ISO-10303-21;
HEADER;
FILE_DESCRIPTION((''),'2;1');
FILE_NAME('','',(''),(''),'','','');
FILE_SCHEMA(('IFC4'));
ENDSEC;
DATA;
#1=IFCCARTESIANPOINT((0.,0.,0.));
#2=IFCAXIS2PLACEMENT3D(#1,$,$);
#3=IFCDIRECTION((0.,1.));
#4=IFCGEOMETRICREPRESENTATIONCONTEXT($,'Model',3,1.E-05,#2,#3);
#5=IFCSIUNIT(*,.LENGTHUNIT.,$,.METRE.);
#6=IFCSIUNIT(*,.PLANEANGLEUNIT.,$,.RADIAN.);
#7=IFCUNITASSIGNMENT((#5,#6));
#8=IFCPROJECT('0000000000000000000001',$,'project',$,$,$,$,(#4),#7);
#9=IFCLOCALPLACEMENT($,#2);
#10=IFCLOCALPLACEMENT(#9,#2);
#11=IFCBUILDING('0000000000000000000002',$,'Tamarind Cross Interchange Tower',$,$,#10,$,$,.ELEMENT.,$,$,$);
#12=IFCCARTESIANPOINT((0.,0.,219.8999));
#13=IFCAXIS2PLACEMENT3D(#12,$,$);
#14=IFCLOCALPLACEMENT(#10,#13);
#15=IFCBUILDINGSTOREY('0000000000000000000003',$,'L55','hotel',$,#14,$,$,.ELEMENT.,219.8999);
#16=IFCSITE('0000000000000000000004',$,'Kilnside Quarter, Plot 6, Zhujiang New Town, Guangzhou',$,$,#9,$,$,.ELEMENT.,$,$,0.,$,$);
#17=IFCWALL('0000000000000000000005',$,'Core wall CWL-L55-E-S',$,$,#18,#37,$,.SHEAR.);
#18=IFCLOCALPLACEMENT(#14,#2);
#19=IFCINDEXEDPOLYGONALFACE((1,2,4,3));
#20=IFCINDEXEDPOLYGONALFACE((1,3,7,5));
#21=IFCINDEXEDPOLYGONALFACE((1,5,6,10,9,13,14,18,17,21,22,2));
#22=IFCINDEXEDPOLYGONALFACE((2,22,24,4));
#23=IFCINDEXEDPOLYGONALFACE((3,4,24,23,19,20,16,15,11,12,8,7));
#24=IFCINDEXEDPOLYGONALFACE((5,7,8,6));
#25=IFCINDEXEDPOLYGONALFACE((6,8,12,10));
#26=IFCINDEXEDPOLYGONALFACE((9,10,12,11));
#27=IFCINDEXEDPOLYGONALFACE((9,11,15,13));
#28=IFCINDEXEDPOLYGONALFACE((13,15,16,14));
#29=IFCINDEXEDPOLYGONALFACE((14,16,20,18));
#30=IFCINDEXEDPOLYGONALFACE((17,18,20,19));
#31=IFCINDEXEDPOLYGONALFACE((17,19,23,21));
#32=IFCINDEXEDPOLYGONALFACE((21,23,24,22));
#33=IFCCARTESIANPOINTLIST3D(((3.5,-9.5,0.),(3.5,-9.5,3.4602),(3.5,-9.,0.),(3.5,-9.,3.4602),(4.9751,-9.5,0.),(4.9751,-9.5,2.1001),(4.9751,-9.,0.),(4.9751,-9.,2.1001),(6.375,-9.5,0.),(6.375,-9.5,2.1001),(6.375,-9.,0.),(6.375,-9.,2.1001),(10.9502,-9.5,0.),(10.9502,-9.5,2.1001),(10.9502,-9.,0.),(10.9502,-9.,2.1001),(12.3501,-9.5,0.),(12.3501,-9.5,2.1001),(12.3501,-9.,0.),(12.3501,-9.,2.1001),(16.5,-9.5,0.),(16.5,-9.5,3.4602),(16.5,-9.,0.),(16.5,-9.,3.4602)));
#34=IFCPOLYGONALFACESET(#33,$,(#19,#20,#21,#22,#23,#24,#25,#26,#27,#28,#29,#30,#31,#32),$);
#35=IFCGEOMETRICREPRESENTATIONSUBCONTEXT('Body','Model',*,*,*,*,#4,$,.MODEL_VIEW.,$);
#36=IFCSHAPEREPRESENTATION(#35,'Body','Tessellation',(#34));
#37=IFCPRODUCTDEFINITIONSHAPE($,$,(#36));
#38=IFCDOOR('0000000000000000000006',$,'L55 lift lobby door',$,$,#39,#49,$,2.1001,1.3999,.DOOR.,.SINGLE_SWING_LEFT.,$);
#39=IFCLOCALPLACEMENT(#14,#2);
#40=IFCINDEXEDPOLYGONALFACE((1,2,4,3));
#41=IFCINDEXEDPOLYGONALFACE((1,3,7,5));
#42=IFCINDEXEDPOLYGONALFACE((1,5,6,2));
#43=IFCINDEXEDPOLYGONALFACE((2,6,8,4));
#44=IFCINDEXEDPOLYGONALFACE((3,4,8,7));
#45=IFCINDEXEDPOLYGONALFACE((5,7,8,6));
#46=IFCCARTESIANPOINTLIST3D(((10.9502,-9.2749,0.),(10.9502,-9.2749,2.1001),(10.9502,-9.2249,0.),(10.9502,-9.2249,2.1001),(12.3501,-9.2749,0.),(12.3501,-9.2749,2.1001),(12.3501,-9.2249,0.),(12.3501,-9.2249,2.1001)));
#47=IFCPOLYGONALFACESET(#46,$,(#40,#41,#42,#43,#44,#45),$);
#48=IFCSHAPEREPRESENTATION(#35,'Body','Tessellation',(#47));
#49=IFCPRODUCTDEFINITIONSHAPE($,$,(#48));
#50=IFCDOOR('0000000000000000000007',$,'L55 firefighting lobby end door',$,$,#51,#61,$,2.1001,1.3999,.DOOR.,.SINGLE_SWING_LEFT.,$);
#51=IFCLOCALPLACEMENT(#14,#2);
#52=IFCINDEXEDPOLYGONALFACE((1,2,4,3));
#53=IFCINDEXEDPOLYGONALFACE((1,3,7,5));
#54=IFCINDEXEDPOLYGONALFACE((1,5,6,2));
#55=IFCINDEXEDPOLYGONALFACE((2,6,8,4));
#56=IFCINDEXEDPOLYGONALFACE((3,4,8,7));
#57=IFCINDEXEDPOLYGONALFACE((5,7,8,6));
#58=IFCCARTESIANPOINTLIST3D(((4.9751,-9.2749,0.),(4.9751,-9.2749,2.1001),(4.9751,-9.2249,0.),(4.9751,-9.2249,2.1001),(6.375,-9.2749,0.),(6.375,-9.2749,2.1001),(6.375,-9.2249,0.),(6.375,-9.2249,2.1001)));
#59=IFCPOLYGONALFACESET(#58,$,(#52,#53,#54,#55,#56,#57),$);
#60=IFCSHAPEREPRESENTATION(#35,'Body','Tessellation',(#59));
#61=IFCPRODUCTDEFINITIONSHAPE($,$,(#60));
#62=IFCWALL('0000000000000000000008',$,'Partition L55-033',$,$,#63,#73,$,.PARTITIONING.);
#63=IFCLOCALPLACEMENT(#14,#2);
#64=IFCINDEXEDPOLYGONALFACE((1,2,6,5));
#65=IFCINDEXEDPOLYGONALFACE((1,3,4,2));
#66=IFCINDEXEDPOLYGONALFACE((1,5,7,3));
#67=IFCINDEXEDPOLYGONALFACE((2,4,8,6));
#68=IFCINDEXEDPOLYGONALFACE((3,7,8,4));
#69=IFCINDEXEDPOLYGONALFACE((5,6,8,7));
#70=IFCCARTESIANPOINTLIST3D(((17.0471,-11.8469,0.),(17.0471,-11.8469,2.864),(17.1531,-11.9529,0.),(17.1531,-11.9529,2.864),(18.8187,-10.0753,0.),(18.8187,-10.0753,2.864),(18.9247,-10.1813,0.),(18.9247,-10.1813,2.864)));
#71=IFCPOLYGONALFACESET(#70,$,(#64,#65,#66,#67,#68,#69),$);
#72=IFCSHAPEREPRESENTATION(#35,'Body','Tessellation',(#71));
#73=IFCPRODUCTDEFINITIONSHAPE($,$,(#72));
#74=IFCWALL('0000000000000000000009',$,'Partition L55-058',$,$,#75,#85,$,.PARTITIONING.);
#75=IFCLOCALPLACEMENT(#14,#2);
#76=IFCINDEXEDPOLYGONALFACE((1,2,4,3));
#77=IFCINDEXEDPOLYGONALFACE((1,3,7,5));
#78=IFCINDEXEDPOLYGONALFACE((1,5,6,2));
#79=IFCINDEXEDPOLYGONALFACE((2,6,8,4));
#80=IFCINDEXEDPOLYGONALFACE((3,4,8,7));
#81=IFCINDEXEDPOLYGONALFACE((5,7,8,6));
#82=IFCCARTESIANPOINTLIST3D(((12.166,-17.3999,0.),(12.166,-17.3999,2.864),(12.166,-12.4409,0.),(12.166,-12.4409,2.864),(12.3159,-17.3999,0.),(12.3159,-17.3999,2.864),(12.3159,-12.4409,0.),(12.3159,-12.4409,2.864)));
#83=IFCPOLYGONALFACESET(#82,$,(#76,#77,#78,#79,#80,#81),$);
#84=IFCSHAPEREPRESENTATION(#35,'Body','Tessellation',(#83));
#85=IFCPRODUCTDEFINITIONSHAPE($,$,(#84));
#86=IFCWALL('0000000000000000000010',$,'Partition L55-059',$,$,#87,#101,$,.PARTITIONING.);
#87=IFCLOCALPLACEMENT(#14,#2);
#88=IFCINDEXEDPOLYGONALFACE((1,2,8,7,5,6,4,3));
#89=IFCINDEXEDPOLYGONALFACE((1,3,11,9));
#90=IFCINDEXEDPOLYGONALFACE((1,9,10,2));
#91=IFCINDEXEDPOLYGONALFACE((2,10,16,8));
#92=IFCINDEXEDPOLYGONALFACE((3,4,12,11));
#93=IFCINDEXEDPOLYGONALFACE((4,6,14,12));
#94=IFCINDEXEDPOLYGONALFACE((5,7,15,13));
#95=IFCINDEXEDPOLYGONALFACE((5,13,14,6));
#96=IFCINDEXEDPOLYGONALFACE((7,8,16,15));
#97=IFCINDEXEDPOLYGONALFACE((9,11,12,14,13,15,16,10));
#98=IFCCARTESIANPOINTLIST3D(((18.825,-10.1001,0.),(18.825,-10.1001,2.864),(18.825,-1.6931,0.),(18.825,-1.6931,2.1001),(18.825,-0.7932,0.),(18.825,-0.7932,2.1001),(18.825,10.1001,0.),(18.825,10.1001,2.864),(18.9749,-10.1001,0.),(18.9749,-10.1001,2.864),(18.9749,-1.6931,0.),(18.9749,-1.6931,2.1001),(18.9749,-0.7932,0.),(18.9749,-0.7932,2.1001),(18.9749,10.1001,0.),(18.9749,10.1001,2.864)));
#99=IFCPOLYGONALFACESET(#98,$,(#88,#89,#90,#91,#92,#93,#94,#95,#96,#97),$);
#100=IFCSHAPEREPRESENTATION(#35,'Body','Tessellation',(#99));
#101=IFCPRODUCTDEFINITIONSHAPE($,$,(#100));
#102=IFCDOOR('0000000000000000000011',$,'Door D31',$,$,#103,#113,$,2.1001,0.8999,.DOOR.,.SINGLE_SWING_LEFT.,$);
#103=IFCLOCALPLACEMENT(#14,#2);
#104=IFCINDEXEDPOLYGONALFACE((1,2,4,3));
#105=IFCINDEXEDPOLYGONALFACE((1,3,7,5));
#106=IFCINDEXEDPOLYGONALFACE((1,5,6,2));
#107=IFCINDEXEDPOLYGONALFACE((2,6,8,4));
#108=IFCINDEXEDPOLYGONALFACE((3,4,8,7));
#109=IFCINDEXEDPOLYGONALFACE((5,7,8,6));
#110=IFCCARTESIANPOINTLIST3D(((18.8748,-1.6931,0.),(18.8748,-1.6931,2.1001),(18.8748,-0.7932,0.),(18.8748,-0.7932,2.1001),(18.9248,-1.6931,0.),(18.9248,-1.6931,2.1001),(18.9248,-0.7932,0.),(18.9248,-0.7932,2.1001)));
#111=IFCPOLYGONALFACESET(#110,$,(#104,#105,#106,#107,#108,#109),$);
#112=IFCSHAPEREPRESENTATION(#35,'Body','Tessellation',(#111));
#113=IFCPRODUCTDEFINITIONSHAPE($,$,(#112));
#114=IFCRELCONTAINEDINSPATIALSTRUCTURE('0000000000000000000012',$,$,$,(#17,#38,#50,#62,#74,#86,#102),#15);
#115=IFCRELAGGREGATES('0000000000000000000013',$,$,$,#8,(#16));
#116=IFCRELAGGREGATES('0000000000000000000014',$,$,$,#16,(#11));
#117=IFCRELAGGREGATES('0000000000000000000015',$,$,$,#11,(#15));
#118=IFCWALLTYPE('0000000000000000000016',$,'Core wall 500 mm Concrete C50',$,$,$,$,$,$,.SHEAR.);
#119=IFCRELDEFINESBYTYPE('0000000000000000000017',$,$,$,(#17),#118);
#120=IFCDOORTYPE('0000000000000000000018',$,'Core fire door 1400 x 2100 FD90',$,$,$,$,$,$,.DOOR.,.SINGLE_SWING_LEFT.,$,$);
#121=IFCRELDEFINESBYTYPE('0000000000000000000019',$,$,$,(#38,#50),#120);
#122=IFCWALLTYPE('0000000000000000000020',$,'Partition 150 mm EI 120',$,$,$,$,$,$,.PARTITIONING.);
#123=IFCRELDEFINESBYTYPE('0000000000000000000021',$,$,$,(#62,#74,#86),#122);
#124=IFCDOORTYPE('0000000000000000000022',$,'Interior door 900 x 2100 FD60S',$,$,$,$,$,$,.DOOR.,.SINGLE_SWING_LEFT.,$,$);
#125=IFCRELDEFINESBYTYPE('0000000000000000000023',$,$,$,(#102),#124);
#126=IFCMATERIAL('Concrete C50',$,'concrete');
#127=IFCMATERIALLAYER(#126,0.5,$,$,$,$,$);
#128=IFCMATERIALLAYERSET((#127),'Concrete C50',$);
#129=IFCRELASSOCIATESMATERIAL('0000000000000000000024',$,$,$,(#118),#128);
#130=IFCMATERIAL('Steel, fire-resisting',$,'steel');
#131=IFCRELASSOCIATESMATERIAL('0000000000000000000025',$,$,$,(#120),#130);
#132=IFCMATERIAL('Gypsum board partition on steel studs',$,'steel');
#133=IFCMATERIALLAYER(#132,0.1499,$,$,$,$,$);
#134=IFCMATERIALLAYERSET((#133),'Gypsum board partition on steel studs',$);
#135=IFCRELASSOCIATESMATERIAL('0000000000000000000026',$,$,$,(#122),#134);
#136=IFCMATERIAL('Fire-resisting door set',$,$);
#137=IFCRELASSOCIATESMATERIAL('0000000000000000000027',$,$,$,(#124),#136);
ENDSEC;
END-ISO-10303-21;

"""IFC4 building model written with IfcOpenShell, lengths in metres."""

from ifc_helpers import new_model, si_unit, direction, frame, frame_2d, origin, place, context, subcontext, project, spatial, rectangle, extrude, material, layer, layer_set, type_object, element, fill, save


model = new_model("IFC4")

# Units and contexts
model_context = context("Model", 3, precision=1e-05, world=origin(), true_north=direction((0.0, 1.0)))
body_context = subcontext(model_context, "Body", "Model", "MODEL_VIEW")
ifc_project = project(units=[si_unit("LENGTHUNIT", "METRE"), si_unit("PLANEANGLEUNIT", "RADIAN")], contexts=[model_context])

# Site, building, storey
site_placement = place(None, origin())
site = spatial("IfcSite", under=ifc_project, at=site_placement, Name="Kilnside Quarter, Plot 6, Zhujiang New Town, Guangzhou", CompositionType="ELEMENT", RefElevation=0.0)
building_placement = place(site_placement, origin())
building = spatial("IfcBuilding", under=site, at=building_placement, Name="Tamarind Cross Interchange Tower", CompositionType="ELEMENT")
storey_placement = place(building_placement, frame((0.0, 0.0, 219.8999)))
storey = spatial("IfcBuildingStorey", under=building, at=storey_placement, Name="L55", Description="hotel", CompositionType="ELEMENT", Elevation=219.8999)

# Shared definitions
ifc_material_1 = material(Name="Concrete C50", Category="concrete")

# Wall, openings, doors
ifc_layer_1 = layer(ifc_material_1, 0.5)
ifc_layer_set_1 = layer_set([ifc_layer_1], Name="Concrete C50")
wall_type_1 = type_object("IfcWallType", Name="Core wall 500 mm Concrete C50", PredefinedType="SHEAR", material=ifc_layer_set_1)
wall_1_placement = place(storey_placement, frame((16.5, -9.25, 0.0), z_axis=(0.0, 0.0, 1.0), x_axis=(-1.0, 0.0, 0.0)))
wall_1 = element("IfcWall", 1, at=wall_1_placement, inside=storey, type_object=wall_type_1, Name="Core wall CWL-L55-E-S", PredefinedType="SHEAR", context=body_context, shape_type="SweptSolid", body=[
    extrude(rectangle(XDim=13.0, YDim=0.5, at=frame_2d((6.5, 0.0))), origin(), (0.0, 0.0, 1.0), 3.4602),
])
opening_1_placement = place(wall_1_placement, frame((4.1499, 0.0, 0.0)))
opening_1 = element("IfcOpeningElement", 2, at=opening_1_placement, cuts=wall_1, PredefinedType="OPENING", context=body_context, shape_type="SweptSolid", body=[
    extrude(rectangle(XDim=1.3999, YDim=2.1001, at=frame_2d((0.7, 1.05))), frame((0.0, 0.26, 0.0), z_axis=(0.0, -1.0, 0.0), x_axis=(1.0, 0.0, 0.0)), (0.0, 0.0, 1.0), 0.52),
])
opening_2_placement = place(wall_1_placement, frame((10.125, 0.0, 0.0)))
opening_2 = element("IfcOpeningElement", 3, at=opening_2_placement, cuts=wall_1, PredefinedType="OPENING", context=body_context, shape_type="SweptSolid", body=[
    extrude(rectangle(XDim=1.3999, YDim=2.1001, at=frame_2d((0.7, 1.05))), frame((0.0, 0.26, 0.0), z_axis=(0.0, -1.0, 0.0), x_axis=(1.0, 0.0, 0.0)), (0.0, 0.0, 1.0), 0.52),
])
ifc_material_2 = material(Name="Steel, fire-resisting", Category="steel")
door_type_1 = type_object("IfcDoorType", Name="Core fire door 1400 x 2100 FD90", OperationType="SINGLE_SWING_LEFT", PredefinedType="DOOR", material=ifc_material_2)
door_1_placement = place(opening_1_placement, origin())
door_1 = element("IfcDoor", 4, at=door_1_placement, inside=storey, type_object=door_type_1, Name="L55 lift lobby door", OperationType="SINGLE_SWING_LEFT", OverallHeight=2.1001, OverallWidth=1.3999, PredefinedType="DOOR", context=body_context, shape_type="SweptSolid", body=[
    extrude(rectangle(XDim=1.3999, YDim=2.1001, at=frame_2d((0.7, 1.05))), frame((0.0, 0.0249, 0.0), z_axis=(0.0, -1.0, 0.0), x_axis=(1.0, 0.0, 0.0)), (0.0, 0.0, 1.0), 0.05),
])
fill(opening_1, door_1)
door_2_placement = place(opening_2_placement, origin())
door_2 = element("IfcDoor", 5, at=door_2_placement, inside=storey, type_object=door_type_1, Name="L55 firefighting lobby end door", OperationType="SINGLE_SWING_LEFT", OverallHeight=2.1001, OverallWidth=1.3999, PredefinedType="DOOR", context=body_context, shape_type="SweptSolid", body=[
    extrude(rectangle(XDim=1.3999, YDim=2.1001, at=frame_2d((0.7, 1.05))), frame((0.0, 0.0249, 0.0), z_axis=(0.0, -1.0, 0.0), x_axis=(1.0, 0.0, 0.0)), (0.0, 0.0, 1.0), 0.05),
])
fill(opening_2, door_2)

# Walls
ifc_material_3 = material(Name="Gypsum board partition on steel studs", Category="steel")
ifc_layer_2 = layer(ifc_material_3, 0.1499)
ifc_layer_set_2 = layer_set([ifc_layer_2], Name="Gypsum board partition on steel studs")
wall_type_2 = type_object("IfcWallType", Name="Partition 150 mm EI 120", PredefinedType="PARTITIONING", material=ifc_layer_set_2)
wall_2_placement = place(storey_placement, frame((17.1001, -11.8999, 0.0), z_axis=(0.0, 0.0, 1.0), x_axis=(0.707107, 0.707107, 0.0)))
element("IfcWall", 6, at=wall_2_placement, inside=storey, type_object=wall_type_2, Name="Partition L55-033", PredefinedType="PARTITIONING", context=body_context, shape_type="SweptSolid", body=[
    extrude(rectangle(XDim=2.5054, YDim=0.1499, at=frame_2d((1.2527, 0.0))), origin(), (0.0, 0.0, 1.0), 2.864),
])
wall_3_placement = place(storey_placement, frame((12.241, -17.3999, 0.0), z_axis=(0.0, 0.0, 1.0), x_axis=(0.0, 1.0, 0.0)))
element("IfcWall", 7, at=wall_3_placement, inside=storey, type_object=wall_type_2, Name="Partition L55-058", PredefinedType="PARTITIONING", context=body_context, shape_type="SweptSolid", body=[
    extrude(rectangle(XDim=4.959, YDim=0.1499, at=frame_2d((2.4795, 0.0))), origin(), (0.0, 0.0, 1.0), 2.864),
])

# Wall, opening, door
wall_4_placement = place(storey_placement, frame((18.8999, -10.1001, 0.0), z_axis=(0.0, 0.0, 1.0), x_axis=(0.0, 1.0, 0.0)))
wall_4 = element("IfcWall", 8, at=wall_4_placement, inside=storey, type_object=wall_type_2, Name="Partition L55-059", PredefinedType="PARTITIONING", context=body_context, shape_type="SweptSolid", body=[
    extrude(rectangle(XDim=20.2002, YDim=0.1499, at=frame_2d((10.1001, 0.0))), origin(), (0.0, 0.0, 1.0), 2.864),
])
opening_3_placement = place(wall_4_placement, frame((8.407, 0.0, 0.0)))
opening_3 = element("IfcOpeningElement", 9, at=opening_3_placement, cuts=wall_4, PredefinedType="OPENING", context=body_context, shape_type="SweptSolid", body=[
    extrude(rectangle(XDim=0.8999, YDim=2.1001, at=frame_2d((0.45, 1.05))), frame((0.0, 0.085, 0.0), z_axis=(0.0, -1.0, 0.0), x_axis=(1.0, 0.0, 0.0)), (0.0, 0.0, 1.0), 0.1699),
])
ifc_material_4 = material(Name="Fire-resisting door set")
door_type_2 = type_object("IfcDoorType", Name="Interior door 900 x 2100 FD60S", OperationType="SINGLE_SWING_LEFT", PredefinedType="DOOR", material=ifc_material_4)
door_3_placement = place(opening_3_placement, frame((0.8999, 0.0, 0.0), z_axis=(0.0, 0.0, 1.0), x_axis=(-1.0, 0.0, 0.0)))
door_3 = element("IfcDoor", 10, at=door_3_placement, inside=storey, type_object=door_type_2, Name="Door D31", OperationType="SINGLE_SWING_LEFT", OverallHeight=2.1001, OverallWidth=0.8999, PredefinedType="DOOR", context=body_context, shape_type="SweptSolid", body=[
    extrude(rectangle(XDim=0.8999, YDim=2.1001, at=frame_2d((0.45, 1.05))), frame((0.0, 0.0249, 0.0), z_axis=(0.0, -1.0, 0.0), x_axis=(1.0, 0.0, 0.0)), (0.0, 0.0, 1.0), 0.05),
])
fill(opening_3, door_3)

save(model, "model.ifc")
